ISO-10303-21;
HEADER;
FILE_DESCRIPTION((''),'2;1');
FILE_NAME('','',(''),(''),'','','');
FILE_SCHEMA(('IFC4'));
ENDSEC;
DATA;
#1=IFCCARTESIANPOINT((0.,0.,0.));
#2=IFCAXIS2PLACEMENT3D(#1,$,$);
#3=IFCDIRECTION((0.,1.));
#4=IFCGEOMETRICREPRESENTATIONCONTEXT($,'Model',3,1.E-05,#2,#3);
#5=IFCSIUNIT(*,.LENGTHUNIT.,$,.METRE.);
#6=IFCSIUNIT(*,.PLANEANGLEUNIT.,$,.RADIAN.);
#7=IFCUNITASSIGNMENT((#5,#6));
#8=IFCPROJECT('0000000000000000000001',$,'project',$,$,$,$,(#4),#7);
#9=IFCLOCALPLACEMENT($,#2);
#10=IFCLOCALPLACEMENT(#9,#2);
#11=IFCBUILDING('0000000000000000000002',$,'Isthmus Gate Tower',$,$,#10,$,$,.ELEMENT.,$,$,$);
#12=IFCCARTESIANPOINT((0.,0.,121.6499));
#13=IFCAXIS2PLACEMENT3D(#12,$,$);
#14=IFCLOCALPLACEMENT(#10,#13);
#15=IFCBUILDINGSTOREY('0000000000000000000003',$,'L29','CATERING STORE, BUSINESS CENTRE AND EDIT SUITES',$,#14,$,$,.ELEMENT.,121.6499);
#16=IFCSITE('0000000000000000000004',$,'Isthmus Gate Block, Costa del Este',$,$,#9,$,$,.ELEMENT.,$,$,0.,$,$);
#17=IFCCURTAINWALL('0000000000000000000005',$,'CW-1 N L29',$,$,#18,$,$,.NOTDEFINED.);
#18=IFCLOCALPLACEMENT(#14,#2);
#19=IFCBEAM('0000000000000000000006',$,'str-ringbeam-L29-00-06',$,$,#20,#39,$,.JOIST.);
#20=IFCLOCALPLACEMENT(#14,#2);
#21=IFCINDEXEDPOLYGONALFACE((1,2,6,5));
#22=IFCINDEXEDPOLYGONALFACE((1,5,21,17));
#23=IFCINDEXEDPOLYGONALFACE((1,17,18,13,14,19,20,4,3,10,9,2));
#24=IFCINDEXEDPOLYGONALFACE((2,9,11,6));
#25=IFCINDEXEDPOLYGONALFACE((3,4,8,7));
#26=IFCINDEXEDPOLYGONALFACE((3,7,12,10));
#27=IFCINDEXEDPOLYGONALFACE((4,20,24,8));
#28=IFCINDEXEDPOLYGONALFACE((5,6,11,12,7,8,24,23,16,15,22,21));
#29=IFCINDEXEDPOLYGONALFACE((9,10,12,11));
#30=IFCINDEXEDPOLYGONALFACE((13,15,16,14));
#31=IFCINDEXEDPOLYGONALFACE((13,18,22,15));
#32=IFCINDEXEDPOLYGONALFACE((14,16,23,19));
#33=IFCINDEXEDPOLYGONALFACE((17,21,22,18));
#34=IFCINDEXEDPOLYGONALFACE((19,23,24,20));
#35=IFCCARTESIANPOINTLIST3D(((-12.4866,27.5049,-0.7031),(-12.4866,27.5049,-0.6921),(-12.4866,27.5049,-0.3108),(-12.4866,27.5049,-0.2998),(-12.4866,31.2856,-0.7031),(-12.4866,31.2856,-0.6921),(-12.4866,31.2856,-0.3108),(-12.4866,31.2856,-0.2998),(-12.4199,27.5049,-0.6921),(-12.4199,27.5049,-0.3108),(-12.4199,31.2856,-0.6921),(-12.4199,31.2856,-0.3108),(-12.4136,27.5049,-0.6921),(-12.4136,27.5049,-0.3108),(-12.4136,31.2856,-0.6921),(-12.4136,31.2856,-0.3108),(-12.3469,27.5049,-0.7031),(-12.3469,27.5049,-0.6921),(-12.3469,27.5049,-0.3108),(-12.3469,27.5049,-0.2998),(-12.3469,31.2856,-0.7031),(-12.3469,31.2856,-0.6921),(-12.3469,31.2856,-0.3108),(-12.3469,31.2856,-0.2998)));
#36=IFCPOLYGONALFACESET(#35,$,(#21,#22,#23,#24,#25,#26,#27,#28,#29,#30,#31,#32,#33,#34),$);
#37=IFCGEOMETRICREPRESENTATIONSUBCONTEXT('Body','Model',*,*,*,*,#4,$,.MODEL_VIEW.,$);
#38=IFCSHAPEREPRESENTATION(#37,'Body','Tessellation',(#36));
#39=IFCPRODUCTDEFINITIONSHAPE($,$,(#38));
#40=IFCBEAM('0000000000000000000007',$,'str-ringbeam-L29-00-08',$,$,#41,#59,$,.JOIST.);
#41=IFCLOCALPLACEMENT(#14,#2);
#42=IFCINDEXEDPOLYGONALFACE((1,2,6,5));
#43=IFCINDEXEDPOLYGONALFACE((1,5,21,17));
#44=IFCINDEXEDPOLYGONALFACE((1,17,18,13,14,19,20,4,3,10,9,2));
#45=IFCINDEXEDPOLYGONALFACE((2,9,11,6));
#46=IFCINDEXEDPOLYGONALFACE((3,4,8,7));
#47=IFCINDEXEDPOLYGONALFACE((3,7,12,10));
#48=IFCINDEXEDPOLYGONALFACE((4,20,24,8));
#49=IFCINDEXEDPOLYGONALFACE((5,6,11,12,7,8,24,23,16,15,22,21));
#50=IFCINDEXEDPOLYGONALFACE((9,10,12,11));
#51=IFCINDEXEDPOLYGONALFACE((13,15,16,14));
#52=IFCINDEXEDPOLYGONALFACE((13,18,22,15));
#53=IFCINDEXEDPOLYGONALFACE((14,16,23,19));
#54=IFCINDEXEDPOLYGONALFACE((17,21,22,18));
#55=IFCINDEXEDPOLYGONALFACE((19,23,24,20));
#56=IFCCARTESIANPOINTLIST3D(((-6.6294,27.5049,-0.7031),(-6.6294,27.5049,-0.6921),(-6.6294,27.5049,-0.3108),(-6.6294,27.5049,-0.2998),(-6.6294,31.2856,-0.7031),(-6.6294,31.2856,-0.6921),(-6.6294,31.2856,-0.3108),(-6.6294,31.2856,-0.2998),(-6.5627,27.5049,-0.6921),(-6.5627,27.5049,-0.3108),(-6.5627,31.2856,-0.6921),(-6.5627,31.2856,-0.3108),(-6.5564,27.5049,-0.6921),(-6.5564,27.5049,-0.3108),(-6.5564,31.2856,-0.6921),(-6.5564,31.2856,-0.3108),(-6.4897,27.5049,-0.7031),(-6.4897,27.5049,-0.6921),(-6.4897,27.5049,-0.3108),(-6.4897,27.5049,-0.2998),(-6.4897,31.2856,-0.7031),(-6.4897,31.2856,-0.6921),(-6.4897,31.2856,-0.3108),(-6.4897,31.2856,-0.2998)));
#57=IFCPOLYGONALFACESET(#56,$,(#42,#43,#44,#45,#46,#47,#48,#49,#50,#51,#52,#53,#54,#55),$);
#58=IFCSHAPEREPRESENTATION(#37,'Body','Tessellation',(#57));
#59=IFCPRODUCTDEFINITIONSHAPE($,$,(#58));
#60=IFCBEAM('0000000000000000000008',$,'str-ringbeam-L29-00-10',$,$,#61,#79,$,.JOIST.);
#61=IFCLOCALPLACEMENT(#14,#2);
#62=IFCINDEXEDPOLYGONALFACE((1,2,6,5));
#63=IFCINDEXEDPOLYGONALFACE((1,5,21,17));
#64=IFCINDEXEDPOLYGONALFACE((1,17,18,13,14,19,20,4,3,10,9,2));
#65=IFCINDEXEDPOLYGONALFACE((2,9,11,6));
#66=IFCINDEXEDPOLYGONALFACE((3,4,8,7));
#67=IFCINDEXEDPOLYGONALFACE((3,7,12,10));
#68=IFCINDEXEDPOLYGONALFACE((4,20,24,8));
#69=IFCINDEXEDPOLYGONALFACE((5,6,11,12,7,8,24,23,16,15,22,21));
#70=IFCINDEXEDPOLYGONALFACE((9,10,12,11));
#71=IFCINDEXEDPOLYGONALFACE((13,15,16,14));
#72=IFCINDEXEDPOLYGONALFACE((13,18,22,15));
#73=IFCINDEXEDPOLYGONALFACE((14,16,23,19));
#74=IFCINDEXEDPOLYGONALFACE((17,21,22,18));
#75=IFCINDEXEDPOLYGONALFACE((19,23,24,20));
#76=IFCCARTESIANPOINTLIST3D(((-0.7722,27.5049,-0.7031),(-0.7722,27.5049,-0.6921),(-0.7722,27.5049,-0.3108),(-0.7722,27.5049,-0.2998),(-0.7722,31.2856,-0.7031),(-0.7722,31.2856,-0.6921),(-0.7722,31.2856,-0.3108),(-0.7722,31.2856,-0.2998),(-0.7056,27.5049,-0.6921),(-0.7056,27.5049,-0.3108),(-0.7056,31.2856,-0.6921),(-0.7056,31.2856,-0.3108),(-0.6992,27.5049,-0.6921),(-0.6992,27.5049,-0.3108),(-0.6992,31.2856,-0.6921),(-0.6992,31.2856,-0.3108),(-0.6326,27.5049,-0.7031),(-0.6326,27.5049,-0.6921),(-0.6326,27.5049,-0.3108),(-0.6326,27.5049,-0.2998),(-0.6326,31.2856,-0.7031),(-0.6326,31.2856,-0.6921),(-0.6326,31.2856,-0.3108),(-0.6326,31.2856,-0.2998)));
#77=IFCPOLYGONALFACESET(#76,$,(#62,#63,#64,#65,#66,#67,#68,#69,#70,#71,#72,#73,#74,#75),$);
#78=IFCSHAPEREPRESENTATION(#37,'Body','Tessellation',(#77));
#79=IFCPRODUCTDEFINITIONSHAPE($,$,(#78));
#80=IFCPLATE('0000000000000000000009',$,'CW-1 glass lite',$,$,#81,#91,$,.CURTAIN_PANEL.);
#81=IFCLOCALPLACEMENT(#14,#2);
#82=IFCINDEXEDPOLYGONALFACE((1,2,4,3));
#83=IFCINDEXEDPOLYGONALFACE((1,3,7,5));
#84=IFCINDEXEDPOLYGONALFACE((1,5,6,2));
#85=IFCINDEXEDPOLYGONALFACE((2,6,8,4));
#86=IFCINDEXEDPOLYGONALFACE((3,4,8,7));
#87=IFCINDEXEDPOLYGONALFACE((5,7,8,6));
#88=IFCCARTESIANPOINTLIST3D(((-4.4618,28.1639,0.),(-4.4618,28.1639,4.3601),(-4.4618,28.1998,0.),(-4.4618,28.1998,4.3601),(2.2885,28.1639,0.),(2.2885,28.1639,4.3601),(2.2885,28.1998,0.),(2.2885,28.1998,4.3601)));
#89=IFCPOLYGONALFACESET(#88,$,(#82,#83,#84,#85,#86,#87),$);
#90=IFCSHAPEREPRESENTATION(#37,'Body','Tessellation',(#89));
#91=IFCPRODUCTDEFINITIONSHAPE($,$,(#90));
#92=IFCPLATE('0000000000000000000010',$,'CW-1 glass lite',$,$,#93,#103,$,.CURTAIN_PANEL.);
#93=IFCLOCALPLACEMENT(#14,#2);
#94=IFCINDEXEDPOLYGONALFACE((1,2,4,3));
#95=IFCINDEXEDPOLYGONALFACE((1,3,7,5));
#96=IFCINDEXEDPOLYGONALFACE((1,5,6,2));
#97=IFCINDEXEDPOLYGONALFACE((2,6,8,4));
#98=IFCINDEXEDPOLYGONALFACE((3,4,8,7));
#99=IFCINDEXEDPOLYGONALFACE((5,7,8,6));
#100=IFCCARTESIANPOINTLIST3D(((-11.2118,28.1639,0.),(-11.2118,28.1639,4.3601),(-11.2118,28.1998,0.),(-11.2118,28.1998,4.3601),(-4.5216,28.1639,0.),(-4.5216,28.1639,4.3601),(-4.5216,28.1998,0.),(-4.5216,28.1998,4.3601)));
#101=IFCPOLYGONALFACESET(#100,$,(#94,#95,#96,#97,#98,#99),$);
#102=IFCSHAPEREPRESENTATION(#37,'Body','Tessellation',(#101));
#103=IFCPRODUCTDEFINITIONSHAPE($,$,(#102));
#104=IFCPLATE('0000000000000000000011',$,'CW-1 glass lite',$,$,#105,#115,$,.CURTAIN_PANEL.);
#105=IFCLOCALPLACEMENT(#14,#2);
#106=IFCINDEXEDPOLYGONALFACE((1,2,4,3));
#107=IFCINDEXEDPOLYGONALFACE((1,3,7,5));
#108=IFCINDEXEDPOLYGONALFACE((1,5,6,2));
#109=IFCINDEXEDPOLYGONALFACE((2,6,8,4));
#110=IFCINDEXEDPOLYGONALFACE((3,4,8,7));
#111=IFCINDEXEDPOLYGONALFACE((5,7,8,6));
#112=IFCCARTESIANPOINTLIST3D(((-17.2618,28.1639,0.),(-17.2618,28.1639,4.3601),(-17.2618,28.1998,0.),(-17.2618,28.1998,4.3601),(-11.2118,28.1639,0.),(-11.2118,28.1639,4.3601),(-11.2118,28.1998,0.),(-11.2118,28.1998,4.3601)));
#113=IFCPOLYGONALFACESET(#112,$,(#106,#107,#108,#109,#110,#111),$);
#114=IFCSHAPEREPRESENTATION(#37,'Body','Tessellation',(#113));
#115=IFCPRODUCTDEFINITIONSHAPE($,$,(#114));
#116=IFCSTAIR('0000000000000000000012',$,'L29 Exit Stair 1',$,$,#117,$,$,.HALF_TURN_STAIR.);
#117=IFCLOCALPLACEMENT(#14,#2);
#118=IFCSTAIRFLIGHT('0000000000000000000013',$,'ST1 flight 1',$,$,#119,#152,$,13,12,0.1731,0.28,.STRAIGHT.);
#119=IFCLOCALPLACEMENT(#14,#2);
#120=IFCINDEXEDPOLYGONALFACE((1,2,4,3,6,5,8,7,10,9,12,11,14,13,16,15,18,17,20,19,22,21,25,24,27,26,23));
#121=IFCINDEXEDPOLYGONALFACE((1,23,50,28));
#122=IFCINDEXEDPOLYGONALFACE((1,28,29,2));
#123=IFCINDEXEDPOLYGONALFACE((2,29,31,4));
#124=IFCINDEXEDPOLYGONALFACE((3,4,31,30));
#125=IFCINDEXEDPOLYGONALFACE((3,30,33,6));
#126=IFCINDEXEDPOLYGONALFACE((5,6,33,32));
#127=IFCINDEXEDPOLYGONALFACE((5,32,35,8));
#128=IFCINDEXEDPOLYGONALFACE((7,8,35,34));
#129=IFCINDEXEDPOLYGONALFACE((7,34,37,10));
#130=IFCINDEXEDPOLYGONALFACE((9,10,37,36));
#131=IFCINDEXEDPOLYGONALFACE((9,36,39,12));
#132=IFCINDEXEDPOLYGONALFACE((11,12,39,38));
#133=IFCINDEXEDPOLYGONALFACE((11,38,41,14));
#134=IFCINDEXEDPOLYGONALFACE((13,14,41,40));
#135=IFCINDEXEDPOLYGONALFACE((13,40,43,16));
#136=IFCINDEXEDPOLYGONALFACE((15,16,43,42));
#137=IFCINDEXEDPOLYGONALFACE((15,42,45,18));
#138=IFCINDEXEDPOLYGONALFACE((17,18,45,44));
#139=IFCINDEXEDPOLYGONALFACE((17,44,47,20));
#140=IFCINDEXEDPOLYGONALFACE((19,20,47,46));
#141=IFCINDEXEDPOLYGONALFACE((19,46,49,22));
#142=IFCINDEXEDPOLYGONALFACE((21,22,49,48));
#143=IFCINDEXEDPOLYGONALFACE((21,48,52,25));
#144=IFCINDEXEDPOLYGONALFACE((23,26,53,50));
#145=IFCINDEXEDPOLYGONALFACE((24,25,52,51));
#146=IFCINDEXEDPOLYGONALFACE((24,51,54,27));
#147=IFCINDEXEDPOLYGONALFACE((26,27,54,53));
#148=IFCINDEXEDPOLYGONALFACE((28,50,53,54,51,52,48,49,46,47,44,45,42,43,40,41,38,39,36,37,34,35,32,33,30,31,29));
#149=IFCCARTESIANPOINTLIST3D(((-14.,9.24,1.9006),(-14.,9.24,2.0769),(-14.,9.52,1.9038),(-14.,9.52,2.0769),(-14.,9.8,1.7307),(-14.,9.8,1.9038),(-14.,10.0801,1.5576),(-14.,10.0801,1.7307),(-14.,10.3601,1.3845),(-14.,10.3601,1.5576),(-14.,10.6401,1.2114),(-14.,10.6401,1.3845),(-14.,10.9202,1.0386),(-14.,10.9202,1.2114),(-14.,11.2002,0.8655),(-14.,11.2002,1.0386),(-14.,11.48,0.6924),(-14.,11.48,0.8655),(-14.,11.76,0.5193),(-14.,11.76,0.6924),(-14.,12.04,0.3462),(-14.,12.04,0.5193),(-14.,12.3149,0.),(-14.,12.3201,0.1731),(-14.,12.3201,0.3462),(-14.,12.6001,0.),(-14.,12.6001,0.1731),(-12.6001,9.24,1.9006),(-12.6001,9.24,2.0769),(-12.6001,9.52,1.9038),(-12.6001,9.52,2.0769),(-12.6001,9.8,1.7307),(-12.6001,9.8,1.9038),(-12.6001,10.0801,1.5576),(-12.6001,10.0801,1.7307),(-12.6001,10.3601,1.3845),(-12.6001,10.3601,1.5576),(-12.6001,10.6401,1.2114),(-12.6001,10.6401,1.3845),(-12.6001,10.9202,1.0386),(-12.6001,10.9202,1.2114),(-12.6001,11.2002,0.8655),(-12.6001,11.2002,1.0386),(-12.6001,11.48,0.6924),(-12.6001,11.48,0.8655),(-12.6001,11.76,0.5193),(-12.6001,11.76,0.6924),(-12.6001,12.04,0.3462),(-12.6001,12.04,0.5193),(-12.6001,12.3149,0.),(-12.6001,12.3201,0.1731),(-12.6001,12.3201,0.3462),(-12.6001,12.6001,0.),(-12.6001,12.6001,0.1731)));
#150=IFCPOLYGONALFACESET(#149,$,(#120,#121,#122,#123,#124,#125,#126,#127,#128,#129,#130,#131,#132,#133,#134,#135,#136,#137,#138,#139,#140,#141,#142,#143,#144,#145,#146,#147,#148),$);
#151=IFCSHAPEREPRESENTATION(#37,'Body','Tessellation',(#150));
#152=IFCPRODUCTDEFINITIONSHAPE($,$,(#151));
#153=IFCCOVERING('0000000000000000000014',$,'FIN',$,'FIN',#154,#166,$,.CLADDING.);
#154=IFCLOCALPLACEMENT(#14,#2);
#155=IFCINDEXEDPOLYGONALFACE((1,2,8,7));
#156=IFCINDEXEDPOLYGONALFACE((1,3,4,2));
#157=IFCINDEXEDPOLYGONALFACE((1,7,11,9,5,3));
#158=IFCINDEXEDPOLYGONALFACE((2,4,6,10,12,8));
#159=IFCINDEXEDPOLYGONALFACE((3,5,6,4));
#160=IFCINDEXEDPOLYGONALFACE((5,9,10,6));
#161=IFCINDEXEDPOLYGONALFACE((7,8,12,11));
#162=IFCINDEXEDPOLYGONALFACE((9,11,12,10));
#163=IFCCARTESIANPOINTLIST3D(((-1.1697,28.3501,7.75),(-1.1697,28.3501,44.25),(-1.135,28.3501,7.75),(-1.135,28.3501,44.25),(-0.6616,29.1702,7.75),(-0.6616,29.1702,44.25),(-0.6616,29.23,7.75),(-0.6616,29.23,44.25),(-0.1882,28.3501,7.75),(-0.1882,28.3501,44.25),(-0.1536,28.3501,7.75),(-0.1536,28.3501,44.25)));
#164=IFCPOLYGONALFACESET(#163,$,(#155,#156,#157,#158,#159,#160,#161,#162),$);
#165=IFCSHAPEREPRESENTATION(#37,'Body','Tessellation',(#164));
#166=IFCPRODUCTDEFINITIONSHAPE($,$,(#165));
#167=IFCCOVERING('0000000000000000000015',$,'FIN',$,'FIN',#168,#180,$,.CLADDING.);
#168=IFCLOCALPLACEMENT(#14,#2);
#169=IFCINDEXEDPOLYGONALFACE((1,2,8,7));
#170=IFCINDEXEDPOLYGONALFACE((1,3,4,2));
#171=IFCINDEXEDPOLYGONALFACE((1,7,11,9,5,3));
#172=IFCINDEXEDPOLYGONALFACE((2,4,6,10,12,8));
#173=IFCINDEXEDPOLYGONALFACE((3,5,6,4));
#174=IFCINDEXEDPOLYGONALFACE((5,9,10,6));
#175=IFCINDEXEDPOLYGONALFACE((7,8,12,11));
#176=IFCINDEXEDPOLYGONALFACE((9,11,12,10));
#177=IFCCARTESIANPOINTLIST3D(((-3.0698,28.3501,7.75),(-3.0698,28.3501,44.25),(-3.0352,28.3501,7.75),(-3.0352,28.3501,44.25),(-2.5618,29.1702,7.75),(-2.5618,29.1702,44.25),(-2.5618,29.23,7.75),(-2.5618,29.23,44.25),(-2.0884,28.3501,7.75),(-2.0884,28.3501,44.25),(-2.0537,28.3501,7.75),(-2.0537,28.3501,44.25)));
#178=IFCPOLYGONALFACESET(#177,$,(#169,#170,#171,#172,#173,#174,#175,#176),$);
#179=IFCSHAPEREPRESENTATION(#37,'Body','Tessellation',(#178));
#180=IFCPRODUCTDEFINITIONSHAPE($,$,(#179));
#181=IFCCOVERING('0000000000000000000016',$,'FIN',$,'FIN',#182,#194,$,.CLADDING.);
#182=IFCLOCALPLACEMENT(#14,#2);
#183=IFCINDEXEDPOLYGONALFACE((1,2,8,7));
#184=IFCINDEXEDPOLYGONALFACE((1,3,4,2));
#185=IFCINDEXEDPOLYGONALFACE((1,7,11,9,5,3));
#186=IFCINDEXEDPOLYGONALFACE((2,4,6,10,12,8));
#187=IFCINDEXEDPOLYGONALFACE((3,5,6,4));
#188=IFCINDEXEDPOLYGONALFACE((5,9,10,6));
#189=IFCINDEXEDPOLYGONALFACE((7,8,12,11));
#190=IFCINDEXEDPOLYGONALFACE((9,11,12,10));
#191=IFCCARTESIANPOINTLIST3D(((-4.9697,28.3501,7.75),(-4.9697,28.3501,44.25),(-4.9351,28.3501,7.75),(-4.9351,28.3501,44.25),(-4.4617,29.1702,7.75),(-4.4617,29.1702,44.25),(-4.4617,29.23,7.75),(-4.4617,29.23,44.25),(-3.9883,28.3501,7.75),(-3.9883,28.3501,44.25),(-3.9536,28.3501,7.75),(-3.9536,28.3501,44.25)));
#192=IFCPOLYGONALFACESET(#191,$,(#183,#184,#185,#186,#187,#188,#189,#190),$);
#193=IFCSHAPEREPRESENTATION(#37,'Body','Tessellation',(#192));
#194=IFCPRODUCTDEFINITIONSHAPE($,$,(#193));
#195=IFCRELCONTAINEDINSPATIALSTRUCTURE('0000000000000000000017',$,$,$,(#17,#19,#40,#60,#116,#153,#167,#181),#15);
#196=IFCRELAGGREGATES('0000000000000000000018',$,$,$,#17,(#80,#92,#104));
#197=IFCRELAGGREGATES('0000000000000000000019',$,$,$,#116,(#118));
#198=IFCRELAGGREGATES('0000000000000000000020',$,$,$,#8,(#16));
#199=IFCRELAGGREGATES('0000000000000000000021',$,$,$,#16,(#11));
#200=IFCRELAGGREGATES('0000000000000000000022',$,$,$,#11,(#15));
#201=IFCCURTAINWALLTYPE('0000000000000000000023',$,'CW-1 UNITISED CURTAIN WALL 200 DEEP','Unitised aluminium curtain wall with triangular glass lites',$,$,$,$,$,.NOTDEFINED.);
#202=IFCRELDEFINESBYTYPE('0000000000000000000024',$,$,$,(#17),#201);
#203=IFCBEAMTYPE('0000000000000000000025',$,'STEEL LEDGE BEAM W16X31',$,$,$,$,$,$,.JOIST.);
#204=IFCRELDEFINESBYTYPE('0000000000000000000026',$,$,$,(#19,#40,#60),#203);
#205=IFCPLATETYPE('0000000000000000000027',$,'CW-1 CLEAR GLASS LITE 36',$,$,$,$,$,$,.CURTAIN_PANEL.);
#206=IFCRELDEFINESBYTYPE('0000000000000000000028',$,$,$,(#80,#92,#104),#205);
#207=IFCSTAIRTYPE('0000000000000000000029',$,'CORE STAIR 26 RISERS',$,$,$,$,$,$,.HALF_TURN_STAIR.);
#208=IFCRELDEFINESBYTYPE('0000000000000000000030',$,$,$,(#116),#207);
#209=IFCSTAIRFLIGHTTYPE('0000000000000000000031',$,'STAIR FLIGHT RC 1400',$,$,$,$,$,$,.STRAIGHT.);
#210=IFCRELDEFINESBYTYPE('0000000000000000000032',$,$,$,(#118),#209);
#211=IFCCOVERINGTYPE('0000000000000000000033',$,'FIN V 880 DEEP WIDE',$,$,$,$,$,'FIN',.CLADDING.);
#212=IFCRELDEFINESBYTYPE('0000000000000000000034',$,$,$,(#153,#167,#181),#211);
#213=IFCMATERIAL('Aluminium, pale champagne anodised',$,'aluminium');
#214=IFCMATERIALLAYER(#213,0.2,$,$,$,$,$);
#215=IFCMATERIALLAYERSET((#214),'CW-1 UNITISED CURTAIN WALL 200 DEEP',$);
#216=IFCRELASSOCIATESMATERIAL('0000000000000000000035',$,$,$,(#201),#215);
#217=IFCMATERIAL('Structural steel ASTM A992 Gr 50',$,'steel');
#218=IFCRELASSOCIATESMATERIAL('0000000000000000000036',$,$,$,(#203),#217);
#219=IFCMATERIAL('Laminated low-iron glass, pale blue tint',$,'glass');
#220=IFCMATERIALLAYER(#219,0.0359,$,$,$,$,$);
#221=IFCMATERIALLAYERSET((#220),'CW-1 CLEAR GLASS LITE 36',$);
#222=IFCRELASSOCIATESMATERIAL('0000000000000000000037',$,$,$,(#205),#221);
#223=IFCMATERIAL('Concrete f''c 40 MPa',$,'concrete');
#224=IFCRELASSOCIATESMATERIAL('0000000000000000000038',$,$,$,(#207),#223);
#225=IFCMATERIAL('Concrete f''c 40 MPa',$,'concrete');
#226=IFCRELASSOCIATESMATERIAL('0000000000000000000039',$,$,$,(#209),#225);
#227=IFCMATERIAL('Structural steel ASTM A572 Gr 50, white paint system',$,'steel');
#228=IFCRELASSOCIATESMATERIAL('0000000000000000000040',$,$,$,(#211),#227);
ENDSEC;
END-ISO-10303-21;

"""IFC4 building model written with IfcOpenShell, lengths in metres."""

from ifc_helpers import new_model, si_unit, direction, frame, origin, origin_2d, place, context, subcontext, project, spatial, polyline, rectangle, i_section, outline, extrude, material, layer, layer_set, material_profile, profile_set, type_object, element, aggregate, save


model = new_model("IFC4")

# Units and contexts
model_context = context("Model", 3, precision=1e-05, world=origin(), true_north=direction((0.0, 1.0)))
body_context = subcontext(model_context, "Body", "Model", "MODEL_VIEW")
ifc_project = project(units=[si_unit("LENGTHUNIT", "METRE"), si_unit("PLANEANGLEUNIT", "RADIAN")], contexts=[model_context])

# Site, building, storey
site_placement = place(None, origin())
site = spatial("IfcSite", under=ifc_project, at=site_placement, Name="Isthmus Gate Block, Costa del Este", CompositionType="ELEMENT", RefElevation=0.0)
building_placement = place(site_placement, origin())
building = spatial("IfcBuilding", under=site, at=building_placement, Name="Isthmus Gate Tower", CompositionType="ELEMENT")
storey_placement = place(building_placement, frame((0.0, 0.0, 121.6499)))
storey = spatial("IfcBuildingStorey", under=building, at=storey_placement, Name="L29", Description="CATERING STORE, BUSINESS CENTRE AND EDIT SUITES", CompositionType="ELEMENT", Elevation=121.6499)

# Curtain wall
ifc_material_1 = material(Name="Aluminium, pale champagne anodised", Category="aluminium")
ifc_layer_1 = layer(ifc_material_1, 0.2)
ifc_layer_set_1 = layer_set([ifc_layer_1], Name="CW-1 UNITISED CURTAIN WALL 200 DEEP")
curtain_wall_type = type_object("IfcCurtainWallType", Name="CW-1 UNITISED CURTAIN WALL 200 DEEP", Description="Unitised aluminium curtain wall with triangular glass lites", PredefinedType="NOTDEFINED", material=ifc_layer_set_1)
curtain_wall_placement = place(storey_placement, origin())
curtain_wall = element("IfcCurtainWall", 1, at=curtain_wall_placement, inside=storey, type_object=curtain_wall_type, Name="CW-1 N L29", PredefinedType="NOTDEFINED")

# Beams
ifc_material_2 = material(Name="Structural steel ASTM A992 Gr 50", Category="steel")
ifc_material_profile_1 = material_profile(ifc_material_2, i_section(OverallWidth=0.1396, OverallDepth=0.4033, WebThickness=0.0063, FlangeThickness=0.011, at=origin_2d()), Name="W16X31")
ifc_profile_set_1 = profile_set([ifc_material_profile_1], Name="Structural steel ASTM A992 Gr 50")
beam_type_1 = type_object("IfcBeamType", Name="STEEL LEDGE BEAM W16X31", PredefinedType="JOIST", material=ifc_profile_set_1)
for number, where, z_axis, x_axis, name in (
    (2, (-12.4167, 27.5049, -0.5015), (0.0, 1.0, 0.0), (-1.0, 0.0, 0.0), "str-ringbeam-L29-00-06"),
    (3, (-6.5596, 27.5049, -0.5015), (0.0, 1.0, 0.0), (-1.0, 0.0, 0.0), "str-ringbeam-L29-00-08"),
    (4, (-0.7024, 27.5049, -0.5015), (0.0, 1.0, 0.0), (-1.0, 0.0, 0.0), "str-ringbeam-L29-00-10"),
):
    element("IfcBeam", number, at=place(storey_placement, frame(where, z_axis=z_axis, x_axis=x_axis)), inside=storey, type_object=beam_type_1, Name=name, PredefinedType="JOIST", context=body_context, shape_type="SweptSolid", body=[
        extrude(i_section(OverallWidth=0.1396, OverallDepth=0.4033, WebThickness=0.0063, FlangeThickness=0.011, at=origin_2d()), origin(), (0.0, 0.0, 1.0), 3.7808),
    ])

# Plates
ifc_material_3 = material(Name="Laminated low-iron glass, pale blue tint", Category="glass")
ifc_layer_2 = layer(ifc_material_3, 0.0359)
ifc_layer_set_2 = layer_set([ifc_layer_2], Name="CW-1 CLEAR GLASS LITE 36")
plate_type = type_object("IfcPlateType", Name="CW-1 CLEAR GLASS LITE 36", PredefinedType="CURTAIN_PANEL", material=ifc_layer_set_2)
plate_1_placement = place(storey_placement, frame((-1.0867, 28.1819, 0.0), z_axis=(0.0, 0.0, 1.0), x_axis=(-1.0, 0.0, 0.0)))
plate_1 = element("IfcPlate", 5, at=plate_1_placement, type_object=plate_type, Name="CW-1 glass lite", PredefinedType="CURTAIN_PANEL", context=body_context, shape_type="SweptSolid", body=[
    extrude(rectangle(XDim=6.7502, YDim=0.0359, at=origin_2d()), origin(), (0.0, 0.0, 1.0), 4.3601),
])
plate_2_placement = place(storey_placement, frame((-7.8667, 28.1819, 0.0), z_axis=(0.0, 0.0, 1.0), x_axis=(-1.0, 0.0, 0.0)))
plate_2 = element("IfcPlate", 6, at=plate_2_placement, type_object=plate_type, Name="CW-1 glass lite", PredefinedType="CURTAIN_PANEL", context=body_context, shape_type="SweptSolid", body=[
    extrude(rectangle(XDim=6.6902, YDim=0.0359, at=origin_2d()), origin(), (0.0, 0.0, 1.0), 4.3601),
])
plate_3_placement = place(storey_placement, frame((-14.2368, 28.1819, 0.0), z_axis=(0.0, 0.0, 1.0), x_axis=(-1.0, 0.0, 0.0)))
plate_3 = element("IfcPlate", 7, at=plate_3_placement, type_object=plate_type, Name="CW-1 glass lite", PredefinedType="CURTAIN_PANEL", context=body_context, shape_type="SweptSolid", body=[
    extrude(rectangle(XDim=6.05, YDim=0.0359, at=origin_2d()), origin(), (0.0, 0.0, 1.0), 4.3601),
])
aggregate(curtain_wall, [plate_1, plate_2, plate_3])

# Stair, stair flight
ifc_material_4 = material(Name="Concrete f'c 40 MPa", Category="concrete")
stair_type = type_object("IfcStairType", Name="CORE STAIR 26 RISERS", PredefinedType="HALF_TURN_STAIR", material=ifc_material_4)
stair_placement = place(storey_placement, origin())
stair = element("IfcStair", 8, at=stair_placement, inside=storey, type_object=stair_type, Name="L29 Exit Stair 1", PredefinedType="HALF_TURN_STAIR")
ifc_material_5 = material(Name="Concrete f'c 40 MPa", Category="concrete")
stair_flight_type = type_object("IfcStairFlightType", Name="STAIR FLIGHT RC 1400", PredefinedType="STRAIGHT", material=ifc_material_5)
stair_flight_placement = place(storey_placement, frame((-13.3, 12.6001, 0.0), z_axis=(0.0, 0.0, 1.0), x_axis=(0.0, -1.0, 0.0)))
stair_flight = element("IfcStairFlight", 9, at=stair_flight_placement, type_object=stair_flight_type, Name="ST1 flight 1", NumberOfRisers=13, NumberOfTreads=12, PredefinedType="STRAIGHT", RiserHeight=0.1731, TreadLength=0.28, context=body_context, shape_type="SweptSolid", body=[
    extrude(outline(polyline([(0.0, 0.0), (0.0, 0.1731), (0.28, 0.1731), (0.28, 0.3462), (0.5601, 0.3462), (0.5601, 0.5193), (0.8401, 0.5193), (0.8401, 0.6924), (1.1201, 0.6924), (1.1201, 0.8655), (1.3999, 0.8655), (1.3999, 1.0386), (1.6799, 1.0386), (1.6799, 1.2114), (1.96, 1.2114), (1.96, 1.3845), (2.24, 1.3845), (2.24, 1.5576), (2.52, 1.5576), (2.52, 1.7307), (2.8, 1.7307), (2.8, 1.9038), (3.0801, 1.9038), (3.0801, 2.0769), (3.3601, 2.0769), (3.3601, 2.25), (3.3601, 1.9006), (0.2852, 0.0), (0.0, 0.0)])), frame((0.0, 0.7, 0.0), z_axis=(0.0, -1.0, 0.0), x_axis=(1.0, 0.0, 0.0)), (0.0, 0.0, 1.0), 1.3999),
])
aggregate(stair, [stair_flight])

# Coverings
ifc_material_6 = material(Name="Structural steel ASTM A572 Gr 50, white paint system", Category="steel")
ifc_material_profile_2 = material_profile(ifc_material_6, outline(polyline([(0.0, -0.5081), (0.8799, 0.0), (0.0, 0.5081), (0.0, 0.4734), (0.8201, 0.0), (0.0, -0.4734), (0.0, -0.5081)])), Name="V880W")
ifc_profile_set_2 = profile_set([ifc_material_profile_2], Name="Structural steel ASTM A572 Gr 50, white paint system")
covering_type = type_object("IfcCoveringType", Name="FIN V 880 DEEP WIDE", ElementType="FIN", PredefinedType="CLADDING", material=ifc_profile_set_2)
for number, where, z_axis, x_axis, name in (
    (10, (-0.6616, 28.3501, 7.75), (0.0, 0.0, 1.0), (0.0, 1.0, 0.0), "FIN"),
    (11, (-2.5618, 28.3501, 7.75), (0.0, 0.0, 1.0), (0.0, 1.0, 0.0), "FIN"),
    (12, (-4.4617, 28.3501, 7.75), (0.0, 0.0, 1.0), (0.0, 1.0, 0.0), "FIN"),
):
    element("IfcCovering", number, at=place(storey_placement, frame(where, z_axis=z_axis, x_axis=x_axis)), inside=storey, type_object=covering_type, Name=name, ObjectType="FIN", PredefinedType="CLADDING", context=body_context, shape_type="SweptSolid", body=[
        extrude(outline(polyline([(0.0, -0.5081), (0.8799, 0.0), (0.0, 0.5081), (0.0, 0.4734), (0.8201, 0.0), (0.0, -0.4734), (0.0, -0.5081)])), origin(), (0.0, 0.0, 1.0), 36.5),
    ])

save(model, "model.ifc")
